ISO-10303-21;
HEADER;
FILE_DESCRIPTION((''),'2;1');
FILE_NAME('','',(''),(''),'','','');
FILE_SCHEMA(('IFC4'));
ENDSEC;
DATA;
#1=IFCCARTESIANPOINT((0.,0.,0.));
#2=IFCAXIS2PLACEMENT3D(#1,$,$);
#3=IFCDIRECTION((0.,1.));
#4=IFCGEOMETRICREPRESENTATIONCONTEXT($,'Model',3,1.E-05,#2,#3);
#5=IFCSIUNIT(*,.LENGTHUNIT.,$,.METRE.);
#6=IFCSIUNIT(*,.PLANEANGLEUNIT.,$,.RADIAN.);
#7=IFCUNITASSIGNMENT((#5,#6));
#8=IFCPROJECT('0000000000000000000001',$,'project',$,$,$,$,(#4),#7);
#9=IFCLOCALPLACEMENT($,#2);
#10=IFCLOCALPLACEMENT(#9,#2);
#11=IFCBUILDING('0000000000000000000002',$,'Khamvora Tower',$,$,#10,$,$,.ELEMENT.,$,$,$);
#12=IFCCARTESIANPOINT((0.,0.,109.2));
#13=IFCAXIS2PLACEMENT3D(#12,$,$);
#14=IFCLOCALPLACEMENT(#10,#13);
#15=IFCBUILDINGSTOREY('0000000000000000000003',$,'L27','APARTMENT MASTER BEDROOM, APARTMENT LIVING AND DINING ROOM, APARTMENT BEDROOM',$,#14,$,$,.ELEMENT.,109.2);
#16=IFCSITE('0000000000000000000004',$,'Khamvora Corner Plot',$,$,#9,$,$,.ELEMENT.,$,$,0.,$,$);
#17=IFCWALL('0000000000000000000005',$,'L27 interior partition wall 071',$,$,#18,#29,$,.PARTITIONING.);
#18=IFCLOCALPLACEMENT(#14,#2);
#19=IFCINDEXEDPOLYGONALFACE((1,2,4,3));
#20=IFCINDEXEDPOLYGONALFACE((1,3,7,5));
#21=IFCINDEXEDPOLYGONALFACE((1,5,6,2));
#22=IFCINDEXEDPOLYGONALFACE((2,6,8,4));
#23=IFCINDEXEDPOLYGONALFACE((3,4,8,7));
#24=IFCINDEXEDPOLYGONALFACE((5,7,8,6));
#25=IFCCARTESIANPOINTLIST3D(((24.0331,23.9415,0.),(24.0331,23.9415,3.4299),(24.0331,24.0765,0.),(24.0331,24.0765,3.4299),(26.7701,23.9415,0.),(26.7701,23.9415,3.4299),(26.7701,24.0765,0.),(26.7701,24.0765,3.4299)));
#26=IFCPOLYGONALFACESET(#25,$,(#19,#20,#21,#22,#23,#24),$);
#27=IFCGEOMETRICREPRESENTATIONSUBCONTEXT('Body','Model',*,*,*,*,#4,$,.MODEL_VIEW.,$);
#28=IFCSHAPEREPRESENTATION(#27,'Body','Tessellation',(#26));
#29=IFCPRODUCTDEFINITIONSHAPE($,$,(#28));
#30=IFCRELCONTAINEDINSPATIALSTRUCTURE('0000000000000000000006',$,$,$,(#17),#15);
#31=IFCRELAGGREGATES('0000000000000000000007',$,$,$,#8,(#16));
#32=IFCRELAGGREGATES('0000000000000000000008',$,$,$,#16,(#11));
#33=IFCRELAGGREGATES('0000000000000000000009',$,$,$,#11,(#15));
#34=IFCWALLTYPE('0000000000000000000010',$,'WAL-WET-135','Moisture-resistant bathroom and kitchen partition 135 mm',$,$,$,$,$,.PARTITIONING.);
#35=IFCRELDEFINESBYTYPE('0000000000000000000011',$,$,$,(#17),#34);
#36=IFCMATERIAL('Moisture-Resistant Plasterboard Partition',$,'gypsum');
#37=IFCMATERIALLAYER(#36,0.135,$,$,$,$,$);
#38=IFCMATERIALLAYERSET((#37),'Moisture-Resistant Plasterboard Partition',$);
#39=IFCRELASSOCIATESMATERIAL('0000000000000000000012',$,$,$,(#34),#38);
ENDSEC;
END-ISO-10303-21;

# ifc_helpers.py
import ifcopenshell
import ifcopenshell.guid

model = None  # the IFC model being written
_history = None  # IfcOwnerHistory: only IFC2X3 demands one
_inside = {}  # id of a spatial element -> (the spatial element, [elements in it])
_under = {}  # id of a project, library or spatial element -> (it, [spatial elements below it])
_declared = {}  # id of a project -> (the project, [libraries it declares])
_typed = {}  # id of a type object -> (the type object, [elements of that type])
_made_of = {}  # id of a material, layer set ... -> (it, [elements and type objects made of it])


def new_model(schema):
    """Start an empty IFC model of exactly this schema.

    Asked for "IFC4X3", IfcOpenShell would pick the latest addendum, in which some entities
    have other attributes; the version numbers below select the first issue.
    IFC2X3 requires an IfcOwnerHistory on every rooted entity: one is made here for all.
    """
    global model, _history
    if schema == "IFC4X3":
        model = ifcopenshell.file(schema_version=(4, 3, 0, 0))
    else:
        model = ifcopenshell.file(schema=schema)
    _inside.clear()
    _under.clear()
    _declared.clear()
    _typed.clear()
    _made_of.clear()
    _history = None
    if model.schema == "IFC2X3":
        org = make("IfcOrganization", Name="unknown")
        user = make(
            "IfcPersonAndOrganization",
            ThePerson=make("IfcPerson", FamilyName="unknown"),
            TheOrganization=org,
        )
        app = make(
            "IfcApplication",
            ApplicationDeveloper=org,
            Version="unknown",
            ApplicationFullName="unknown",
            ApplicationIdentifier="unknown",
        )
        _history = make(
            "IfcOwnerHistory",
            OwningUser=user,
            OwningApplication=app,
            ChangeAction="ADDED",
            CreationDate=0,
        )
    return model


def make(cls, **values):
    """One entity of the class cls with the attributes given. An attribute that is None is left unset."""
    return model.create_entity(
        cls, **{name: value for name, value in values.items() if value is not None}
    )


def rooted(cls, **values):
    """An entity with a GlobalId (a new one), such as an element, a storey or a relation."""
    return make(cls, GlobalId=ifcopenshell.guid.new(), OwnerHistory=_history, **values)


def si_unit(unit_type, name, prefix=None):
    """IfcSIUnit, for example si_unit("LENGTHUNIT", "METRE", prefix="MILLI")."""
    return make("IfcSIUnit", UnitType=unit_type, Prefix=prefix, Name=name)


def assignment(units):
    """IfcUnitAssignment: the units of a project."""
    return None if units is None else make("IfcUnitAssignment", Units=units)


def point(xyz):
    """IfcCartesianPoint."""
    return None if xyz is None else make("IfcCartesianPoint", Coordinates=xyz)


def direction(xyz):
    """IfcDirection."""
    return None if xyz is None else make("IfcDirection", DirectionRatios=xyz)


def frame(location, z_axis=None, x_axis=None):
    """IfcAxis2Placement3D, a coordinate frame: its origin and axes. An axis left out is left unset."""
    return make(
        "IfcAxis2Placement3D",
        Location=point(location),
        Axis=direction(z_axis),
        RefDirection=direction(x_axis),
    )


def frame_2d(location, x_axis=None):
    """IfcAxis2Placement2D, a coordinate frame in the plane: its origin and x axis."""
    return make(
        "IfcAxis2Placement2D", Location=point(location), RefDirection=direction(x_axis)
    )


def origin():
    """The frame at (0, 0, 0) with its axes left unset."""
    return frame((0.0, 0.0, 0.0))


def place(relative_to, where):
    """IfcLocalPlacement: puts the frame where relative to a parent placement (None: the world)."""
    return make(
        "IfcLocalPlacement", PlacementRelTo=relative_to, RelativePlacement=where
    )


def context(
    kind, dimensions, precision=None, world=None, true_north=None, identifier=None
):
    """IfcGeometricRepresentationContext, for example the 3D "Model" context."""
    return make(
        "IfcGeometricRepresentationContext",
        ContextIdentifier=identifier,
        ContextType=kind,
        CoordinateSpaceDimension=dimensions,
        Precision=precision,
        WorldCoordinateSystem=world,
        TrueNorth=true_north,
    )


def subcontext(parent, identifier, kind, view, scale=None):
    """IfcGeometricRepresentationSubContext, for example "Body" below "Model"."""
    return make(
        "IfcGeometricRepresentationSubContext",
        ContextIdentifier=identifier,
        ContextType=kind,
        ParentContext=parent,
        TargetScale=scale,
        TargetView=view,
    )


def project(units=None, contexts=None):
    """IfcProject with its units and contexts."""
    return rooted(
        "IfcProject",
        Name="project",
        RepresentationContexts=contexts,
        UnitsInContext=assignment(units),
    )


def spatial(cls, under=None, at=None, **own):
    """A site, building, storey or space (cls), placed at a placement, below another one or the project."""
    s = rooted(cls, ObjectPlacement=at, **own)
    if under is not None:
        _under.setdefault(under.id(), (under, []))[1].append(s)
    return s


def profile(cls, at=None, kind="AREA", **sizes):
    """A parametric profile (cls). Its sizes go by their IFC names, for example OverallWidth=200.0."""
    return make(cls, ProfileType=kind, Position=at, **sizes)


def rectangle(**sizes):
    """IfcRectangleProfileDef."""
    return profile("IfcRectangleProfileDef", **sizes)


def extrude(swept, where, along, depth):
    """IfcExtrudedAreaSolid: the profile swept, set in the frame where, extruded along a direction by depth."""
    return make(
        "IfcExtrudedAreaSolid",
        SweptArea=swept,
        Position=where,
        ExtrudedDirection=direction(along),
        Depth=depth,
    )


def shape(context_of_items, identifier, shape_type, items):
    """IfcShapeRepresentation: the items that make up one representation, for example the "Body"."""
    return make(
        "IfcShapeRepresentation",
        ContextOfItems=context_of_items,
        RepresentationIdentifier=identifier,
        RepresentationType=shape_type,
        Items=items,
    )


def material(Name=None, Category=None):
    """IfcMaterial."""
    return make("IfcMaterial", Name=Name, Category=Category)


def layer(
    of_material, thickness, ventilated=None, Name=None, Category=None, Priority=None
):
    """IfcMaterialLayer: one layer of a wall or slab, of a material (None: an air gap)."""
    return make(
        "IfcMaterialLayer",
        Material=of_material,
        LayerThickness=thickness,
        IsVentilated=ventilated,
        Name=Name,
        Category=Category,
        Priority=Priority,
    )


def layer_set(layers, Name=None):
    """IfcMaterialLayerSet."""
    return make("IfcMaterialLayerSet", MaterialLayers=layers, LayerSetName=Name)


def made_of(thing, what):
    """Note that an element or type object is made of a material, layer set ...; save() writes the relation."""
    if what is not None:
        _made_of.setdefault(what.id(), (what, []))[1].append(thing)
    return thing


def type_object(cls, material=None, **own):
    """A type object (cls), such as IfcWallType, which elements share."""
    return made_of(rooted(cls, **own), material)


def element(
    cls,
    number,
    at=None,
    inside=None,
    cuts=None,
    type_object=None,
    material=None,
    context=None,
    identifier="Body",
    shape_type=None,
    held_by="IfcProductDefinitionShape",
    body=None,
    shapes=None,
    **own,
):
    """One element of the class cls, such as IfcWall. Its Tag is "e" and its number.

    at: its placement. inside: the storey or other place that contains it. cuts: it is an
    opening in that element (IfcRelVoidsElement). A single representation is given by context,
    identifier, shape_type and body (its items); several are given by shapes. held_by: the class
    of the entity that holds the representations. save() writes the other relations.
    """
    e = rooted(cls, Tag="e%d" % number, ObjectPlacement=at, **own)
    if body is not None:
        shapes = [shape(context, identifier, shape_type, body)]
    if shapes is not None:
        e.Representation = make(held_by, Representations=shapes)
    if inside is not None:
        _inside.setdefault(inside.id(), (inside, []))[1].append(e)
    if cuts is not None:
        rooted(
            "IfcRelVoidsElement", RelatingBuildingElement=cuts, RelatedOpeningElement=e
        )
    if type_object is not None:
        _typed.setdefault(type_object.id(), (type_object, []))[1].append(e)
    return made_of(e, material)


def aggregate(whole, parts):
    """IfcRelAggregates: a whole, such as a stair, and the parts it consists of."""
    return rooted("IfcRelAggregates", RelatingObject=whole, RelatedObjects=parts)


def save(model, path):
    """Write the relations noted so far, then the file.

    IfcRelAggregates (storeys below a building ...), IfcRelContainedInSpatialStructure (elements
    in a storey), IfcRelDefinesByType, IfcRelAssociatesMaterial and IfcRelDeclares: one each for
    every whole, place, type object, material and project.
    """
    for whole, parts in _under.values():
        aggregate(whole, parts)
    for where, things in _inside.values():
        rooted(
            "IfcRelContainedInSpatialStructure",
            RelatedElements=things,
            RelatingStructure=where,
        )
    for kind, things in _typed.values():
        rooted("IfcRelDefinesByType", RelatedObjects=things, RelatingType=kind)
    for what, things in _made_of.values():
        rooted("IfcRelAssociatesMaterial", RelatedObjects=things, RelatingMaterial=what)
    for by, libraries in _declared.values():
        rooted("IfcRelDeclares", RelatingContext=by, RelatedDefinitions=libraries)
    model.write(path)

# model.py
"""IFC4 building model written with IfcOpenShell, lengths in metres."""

from ifc_helpers import new_model, si_unit, direction, frame, frame_2d, origin, place, context, subcontext, project, spatial, rectangle, extrude, material, layer, layer_set, type_object, element, save


model = new_model("IFC4")

# Units and contexts
model_context = context("Model", 3, precision=1e-05, world=origin(), true_north=direction((0.0, 1.0)))
body_context = subcontext(model_context, "Body", "Model", "MODEL_VIEW")
ifc_project = project(units=[si_unit("LENGTHUNIT", "METRE"), si_unit("PLANEANGLEUNIT", "RADIAN")], contexts=[model_context])

# Site, building, storey
site_placement = place(None, origin())
site = spatial("IfcSite", under=ifc_project, at=site_placement, Name="Khamvora Corner Plot", CompositionType="ELEMENT", RefElevation=0.0)
building_placement = place(site_placement, origin())
building = spatial("IfcBuilding", under=site, at=building_placement, Name="Khamvora Tower", CompositionType="ELEMENT")
storey_placement = place(building_placement, frame((0.0, 0.0, 109.2)))
storey = spatial("IfcBuildingStorey", under=building, at=storey_placement, Name="L27", Description="APARTMENT MASTER BEDROOM, APARTMENT LIVING AND DINING ROOM, APARTMENT BEDROOM", CompositionType="ELEMENT", Elevation=109.2)

# Shared definitions
ifc_material_1 = material(Name="Moisture-Resistant Plasterboard Partition", Category="gypsum")
ifc_layer_1 = layer(ifc_material_1, 0.135)
ifc_layer_set_1 = layer_set([ifc_layer_1], Name="Moisture-Resistant Plasterboard Partition")
wall_type_1 = type_object("IfcWallType", Name="WAL-WET-135", Description="Moisture-resistant bathroom and kitchen partition 135 mm", PredefinedType="PARTITIONING", material=ifc_layer_set_1)

# Wall
wall_1_placement = place(storey_placement, frame((24.033, 24.009, 0.0), z_axis=(0.0, 0.0, 1.0), x_axis=(1.0, 0.0, 0.0)))
element("IfcWall", 1, at=wall_1_placement, inside=storey, type_object=wall_type_1, Name="L27 interior partition wall 071", PredefinedType="PARTITIONING", context=body_context, shape_type="SweptSolid", body=[
    extrude(rectangle(XDim=2.7371, YDim=0.135, at=frame_2d((1.3687, 0.0))), origin(), (0.0, 0.0, 1.0), 3.4299),
])

save(model, "model.ifc")
